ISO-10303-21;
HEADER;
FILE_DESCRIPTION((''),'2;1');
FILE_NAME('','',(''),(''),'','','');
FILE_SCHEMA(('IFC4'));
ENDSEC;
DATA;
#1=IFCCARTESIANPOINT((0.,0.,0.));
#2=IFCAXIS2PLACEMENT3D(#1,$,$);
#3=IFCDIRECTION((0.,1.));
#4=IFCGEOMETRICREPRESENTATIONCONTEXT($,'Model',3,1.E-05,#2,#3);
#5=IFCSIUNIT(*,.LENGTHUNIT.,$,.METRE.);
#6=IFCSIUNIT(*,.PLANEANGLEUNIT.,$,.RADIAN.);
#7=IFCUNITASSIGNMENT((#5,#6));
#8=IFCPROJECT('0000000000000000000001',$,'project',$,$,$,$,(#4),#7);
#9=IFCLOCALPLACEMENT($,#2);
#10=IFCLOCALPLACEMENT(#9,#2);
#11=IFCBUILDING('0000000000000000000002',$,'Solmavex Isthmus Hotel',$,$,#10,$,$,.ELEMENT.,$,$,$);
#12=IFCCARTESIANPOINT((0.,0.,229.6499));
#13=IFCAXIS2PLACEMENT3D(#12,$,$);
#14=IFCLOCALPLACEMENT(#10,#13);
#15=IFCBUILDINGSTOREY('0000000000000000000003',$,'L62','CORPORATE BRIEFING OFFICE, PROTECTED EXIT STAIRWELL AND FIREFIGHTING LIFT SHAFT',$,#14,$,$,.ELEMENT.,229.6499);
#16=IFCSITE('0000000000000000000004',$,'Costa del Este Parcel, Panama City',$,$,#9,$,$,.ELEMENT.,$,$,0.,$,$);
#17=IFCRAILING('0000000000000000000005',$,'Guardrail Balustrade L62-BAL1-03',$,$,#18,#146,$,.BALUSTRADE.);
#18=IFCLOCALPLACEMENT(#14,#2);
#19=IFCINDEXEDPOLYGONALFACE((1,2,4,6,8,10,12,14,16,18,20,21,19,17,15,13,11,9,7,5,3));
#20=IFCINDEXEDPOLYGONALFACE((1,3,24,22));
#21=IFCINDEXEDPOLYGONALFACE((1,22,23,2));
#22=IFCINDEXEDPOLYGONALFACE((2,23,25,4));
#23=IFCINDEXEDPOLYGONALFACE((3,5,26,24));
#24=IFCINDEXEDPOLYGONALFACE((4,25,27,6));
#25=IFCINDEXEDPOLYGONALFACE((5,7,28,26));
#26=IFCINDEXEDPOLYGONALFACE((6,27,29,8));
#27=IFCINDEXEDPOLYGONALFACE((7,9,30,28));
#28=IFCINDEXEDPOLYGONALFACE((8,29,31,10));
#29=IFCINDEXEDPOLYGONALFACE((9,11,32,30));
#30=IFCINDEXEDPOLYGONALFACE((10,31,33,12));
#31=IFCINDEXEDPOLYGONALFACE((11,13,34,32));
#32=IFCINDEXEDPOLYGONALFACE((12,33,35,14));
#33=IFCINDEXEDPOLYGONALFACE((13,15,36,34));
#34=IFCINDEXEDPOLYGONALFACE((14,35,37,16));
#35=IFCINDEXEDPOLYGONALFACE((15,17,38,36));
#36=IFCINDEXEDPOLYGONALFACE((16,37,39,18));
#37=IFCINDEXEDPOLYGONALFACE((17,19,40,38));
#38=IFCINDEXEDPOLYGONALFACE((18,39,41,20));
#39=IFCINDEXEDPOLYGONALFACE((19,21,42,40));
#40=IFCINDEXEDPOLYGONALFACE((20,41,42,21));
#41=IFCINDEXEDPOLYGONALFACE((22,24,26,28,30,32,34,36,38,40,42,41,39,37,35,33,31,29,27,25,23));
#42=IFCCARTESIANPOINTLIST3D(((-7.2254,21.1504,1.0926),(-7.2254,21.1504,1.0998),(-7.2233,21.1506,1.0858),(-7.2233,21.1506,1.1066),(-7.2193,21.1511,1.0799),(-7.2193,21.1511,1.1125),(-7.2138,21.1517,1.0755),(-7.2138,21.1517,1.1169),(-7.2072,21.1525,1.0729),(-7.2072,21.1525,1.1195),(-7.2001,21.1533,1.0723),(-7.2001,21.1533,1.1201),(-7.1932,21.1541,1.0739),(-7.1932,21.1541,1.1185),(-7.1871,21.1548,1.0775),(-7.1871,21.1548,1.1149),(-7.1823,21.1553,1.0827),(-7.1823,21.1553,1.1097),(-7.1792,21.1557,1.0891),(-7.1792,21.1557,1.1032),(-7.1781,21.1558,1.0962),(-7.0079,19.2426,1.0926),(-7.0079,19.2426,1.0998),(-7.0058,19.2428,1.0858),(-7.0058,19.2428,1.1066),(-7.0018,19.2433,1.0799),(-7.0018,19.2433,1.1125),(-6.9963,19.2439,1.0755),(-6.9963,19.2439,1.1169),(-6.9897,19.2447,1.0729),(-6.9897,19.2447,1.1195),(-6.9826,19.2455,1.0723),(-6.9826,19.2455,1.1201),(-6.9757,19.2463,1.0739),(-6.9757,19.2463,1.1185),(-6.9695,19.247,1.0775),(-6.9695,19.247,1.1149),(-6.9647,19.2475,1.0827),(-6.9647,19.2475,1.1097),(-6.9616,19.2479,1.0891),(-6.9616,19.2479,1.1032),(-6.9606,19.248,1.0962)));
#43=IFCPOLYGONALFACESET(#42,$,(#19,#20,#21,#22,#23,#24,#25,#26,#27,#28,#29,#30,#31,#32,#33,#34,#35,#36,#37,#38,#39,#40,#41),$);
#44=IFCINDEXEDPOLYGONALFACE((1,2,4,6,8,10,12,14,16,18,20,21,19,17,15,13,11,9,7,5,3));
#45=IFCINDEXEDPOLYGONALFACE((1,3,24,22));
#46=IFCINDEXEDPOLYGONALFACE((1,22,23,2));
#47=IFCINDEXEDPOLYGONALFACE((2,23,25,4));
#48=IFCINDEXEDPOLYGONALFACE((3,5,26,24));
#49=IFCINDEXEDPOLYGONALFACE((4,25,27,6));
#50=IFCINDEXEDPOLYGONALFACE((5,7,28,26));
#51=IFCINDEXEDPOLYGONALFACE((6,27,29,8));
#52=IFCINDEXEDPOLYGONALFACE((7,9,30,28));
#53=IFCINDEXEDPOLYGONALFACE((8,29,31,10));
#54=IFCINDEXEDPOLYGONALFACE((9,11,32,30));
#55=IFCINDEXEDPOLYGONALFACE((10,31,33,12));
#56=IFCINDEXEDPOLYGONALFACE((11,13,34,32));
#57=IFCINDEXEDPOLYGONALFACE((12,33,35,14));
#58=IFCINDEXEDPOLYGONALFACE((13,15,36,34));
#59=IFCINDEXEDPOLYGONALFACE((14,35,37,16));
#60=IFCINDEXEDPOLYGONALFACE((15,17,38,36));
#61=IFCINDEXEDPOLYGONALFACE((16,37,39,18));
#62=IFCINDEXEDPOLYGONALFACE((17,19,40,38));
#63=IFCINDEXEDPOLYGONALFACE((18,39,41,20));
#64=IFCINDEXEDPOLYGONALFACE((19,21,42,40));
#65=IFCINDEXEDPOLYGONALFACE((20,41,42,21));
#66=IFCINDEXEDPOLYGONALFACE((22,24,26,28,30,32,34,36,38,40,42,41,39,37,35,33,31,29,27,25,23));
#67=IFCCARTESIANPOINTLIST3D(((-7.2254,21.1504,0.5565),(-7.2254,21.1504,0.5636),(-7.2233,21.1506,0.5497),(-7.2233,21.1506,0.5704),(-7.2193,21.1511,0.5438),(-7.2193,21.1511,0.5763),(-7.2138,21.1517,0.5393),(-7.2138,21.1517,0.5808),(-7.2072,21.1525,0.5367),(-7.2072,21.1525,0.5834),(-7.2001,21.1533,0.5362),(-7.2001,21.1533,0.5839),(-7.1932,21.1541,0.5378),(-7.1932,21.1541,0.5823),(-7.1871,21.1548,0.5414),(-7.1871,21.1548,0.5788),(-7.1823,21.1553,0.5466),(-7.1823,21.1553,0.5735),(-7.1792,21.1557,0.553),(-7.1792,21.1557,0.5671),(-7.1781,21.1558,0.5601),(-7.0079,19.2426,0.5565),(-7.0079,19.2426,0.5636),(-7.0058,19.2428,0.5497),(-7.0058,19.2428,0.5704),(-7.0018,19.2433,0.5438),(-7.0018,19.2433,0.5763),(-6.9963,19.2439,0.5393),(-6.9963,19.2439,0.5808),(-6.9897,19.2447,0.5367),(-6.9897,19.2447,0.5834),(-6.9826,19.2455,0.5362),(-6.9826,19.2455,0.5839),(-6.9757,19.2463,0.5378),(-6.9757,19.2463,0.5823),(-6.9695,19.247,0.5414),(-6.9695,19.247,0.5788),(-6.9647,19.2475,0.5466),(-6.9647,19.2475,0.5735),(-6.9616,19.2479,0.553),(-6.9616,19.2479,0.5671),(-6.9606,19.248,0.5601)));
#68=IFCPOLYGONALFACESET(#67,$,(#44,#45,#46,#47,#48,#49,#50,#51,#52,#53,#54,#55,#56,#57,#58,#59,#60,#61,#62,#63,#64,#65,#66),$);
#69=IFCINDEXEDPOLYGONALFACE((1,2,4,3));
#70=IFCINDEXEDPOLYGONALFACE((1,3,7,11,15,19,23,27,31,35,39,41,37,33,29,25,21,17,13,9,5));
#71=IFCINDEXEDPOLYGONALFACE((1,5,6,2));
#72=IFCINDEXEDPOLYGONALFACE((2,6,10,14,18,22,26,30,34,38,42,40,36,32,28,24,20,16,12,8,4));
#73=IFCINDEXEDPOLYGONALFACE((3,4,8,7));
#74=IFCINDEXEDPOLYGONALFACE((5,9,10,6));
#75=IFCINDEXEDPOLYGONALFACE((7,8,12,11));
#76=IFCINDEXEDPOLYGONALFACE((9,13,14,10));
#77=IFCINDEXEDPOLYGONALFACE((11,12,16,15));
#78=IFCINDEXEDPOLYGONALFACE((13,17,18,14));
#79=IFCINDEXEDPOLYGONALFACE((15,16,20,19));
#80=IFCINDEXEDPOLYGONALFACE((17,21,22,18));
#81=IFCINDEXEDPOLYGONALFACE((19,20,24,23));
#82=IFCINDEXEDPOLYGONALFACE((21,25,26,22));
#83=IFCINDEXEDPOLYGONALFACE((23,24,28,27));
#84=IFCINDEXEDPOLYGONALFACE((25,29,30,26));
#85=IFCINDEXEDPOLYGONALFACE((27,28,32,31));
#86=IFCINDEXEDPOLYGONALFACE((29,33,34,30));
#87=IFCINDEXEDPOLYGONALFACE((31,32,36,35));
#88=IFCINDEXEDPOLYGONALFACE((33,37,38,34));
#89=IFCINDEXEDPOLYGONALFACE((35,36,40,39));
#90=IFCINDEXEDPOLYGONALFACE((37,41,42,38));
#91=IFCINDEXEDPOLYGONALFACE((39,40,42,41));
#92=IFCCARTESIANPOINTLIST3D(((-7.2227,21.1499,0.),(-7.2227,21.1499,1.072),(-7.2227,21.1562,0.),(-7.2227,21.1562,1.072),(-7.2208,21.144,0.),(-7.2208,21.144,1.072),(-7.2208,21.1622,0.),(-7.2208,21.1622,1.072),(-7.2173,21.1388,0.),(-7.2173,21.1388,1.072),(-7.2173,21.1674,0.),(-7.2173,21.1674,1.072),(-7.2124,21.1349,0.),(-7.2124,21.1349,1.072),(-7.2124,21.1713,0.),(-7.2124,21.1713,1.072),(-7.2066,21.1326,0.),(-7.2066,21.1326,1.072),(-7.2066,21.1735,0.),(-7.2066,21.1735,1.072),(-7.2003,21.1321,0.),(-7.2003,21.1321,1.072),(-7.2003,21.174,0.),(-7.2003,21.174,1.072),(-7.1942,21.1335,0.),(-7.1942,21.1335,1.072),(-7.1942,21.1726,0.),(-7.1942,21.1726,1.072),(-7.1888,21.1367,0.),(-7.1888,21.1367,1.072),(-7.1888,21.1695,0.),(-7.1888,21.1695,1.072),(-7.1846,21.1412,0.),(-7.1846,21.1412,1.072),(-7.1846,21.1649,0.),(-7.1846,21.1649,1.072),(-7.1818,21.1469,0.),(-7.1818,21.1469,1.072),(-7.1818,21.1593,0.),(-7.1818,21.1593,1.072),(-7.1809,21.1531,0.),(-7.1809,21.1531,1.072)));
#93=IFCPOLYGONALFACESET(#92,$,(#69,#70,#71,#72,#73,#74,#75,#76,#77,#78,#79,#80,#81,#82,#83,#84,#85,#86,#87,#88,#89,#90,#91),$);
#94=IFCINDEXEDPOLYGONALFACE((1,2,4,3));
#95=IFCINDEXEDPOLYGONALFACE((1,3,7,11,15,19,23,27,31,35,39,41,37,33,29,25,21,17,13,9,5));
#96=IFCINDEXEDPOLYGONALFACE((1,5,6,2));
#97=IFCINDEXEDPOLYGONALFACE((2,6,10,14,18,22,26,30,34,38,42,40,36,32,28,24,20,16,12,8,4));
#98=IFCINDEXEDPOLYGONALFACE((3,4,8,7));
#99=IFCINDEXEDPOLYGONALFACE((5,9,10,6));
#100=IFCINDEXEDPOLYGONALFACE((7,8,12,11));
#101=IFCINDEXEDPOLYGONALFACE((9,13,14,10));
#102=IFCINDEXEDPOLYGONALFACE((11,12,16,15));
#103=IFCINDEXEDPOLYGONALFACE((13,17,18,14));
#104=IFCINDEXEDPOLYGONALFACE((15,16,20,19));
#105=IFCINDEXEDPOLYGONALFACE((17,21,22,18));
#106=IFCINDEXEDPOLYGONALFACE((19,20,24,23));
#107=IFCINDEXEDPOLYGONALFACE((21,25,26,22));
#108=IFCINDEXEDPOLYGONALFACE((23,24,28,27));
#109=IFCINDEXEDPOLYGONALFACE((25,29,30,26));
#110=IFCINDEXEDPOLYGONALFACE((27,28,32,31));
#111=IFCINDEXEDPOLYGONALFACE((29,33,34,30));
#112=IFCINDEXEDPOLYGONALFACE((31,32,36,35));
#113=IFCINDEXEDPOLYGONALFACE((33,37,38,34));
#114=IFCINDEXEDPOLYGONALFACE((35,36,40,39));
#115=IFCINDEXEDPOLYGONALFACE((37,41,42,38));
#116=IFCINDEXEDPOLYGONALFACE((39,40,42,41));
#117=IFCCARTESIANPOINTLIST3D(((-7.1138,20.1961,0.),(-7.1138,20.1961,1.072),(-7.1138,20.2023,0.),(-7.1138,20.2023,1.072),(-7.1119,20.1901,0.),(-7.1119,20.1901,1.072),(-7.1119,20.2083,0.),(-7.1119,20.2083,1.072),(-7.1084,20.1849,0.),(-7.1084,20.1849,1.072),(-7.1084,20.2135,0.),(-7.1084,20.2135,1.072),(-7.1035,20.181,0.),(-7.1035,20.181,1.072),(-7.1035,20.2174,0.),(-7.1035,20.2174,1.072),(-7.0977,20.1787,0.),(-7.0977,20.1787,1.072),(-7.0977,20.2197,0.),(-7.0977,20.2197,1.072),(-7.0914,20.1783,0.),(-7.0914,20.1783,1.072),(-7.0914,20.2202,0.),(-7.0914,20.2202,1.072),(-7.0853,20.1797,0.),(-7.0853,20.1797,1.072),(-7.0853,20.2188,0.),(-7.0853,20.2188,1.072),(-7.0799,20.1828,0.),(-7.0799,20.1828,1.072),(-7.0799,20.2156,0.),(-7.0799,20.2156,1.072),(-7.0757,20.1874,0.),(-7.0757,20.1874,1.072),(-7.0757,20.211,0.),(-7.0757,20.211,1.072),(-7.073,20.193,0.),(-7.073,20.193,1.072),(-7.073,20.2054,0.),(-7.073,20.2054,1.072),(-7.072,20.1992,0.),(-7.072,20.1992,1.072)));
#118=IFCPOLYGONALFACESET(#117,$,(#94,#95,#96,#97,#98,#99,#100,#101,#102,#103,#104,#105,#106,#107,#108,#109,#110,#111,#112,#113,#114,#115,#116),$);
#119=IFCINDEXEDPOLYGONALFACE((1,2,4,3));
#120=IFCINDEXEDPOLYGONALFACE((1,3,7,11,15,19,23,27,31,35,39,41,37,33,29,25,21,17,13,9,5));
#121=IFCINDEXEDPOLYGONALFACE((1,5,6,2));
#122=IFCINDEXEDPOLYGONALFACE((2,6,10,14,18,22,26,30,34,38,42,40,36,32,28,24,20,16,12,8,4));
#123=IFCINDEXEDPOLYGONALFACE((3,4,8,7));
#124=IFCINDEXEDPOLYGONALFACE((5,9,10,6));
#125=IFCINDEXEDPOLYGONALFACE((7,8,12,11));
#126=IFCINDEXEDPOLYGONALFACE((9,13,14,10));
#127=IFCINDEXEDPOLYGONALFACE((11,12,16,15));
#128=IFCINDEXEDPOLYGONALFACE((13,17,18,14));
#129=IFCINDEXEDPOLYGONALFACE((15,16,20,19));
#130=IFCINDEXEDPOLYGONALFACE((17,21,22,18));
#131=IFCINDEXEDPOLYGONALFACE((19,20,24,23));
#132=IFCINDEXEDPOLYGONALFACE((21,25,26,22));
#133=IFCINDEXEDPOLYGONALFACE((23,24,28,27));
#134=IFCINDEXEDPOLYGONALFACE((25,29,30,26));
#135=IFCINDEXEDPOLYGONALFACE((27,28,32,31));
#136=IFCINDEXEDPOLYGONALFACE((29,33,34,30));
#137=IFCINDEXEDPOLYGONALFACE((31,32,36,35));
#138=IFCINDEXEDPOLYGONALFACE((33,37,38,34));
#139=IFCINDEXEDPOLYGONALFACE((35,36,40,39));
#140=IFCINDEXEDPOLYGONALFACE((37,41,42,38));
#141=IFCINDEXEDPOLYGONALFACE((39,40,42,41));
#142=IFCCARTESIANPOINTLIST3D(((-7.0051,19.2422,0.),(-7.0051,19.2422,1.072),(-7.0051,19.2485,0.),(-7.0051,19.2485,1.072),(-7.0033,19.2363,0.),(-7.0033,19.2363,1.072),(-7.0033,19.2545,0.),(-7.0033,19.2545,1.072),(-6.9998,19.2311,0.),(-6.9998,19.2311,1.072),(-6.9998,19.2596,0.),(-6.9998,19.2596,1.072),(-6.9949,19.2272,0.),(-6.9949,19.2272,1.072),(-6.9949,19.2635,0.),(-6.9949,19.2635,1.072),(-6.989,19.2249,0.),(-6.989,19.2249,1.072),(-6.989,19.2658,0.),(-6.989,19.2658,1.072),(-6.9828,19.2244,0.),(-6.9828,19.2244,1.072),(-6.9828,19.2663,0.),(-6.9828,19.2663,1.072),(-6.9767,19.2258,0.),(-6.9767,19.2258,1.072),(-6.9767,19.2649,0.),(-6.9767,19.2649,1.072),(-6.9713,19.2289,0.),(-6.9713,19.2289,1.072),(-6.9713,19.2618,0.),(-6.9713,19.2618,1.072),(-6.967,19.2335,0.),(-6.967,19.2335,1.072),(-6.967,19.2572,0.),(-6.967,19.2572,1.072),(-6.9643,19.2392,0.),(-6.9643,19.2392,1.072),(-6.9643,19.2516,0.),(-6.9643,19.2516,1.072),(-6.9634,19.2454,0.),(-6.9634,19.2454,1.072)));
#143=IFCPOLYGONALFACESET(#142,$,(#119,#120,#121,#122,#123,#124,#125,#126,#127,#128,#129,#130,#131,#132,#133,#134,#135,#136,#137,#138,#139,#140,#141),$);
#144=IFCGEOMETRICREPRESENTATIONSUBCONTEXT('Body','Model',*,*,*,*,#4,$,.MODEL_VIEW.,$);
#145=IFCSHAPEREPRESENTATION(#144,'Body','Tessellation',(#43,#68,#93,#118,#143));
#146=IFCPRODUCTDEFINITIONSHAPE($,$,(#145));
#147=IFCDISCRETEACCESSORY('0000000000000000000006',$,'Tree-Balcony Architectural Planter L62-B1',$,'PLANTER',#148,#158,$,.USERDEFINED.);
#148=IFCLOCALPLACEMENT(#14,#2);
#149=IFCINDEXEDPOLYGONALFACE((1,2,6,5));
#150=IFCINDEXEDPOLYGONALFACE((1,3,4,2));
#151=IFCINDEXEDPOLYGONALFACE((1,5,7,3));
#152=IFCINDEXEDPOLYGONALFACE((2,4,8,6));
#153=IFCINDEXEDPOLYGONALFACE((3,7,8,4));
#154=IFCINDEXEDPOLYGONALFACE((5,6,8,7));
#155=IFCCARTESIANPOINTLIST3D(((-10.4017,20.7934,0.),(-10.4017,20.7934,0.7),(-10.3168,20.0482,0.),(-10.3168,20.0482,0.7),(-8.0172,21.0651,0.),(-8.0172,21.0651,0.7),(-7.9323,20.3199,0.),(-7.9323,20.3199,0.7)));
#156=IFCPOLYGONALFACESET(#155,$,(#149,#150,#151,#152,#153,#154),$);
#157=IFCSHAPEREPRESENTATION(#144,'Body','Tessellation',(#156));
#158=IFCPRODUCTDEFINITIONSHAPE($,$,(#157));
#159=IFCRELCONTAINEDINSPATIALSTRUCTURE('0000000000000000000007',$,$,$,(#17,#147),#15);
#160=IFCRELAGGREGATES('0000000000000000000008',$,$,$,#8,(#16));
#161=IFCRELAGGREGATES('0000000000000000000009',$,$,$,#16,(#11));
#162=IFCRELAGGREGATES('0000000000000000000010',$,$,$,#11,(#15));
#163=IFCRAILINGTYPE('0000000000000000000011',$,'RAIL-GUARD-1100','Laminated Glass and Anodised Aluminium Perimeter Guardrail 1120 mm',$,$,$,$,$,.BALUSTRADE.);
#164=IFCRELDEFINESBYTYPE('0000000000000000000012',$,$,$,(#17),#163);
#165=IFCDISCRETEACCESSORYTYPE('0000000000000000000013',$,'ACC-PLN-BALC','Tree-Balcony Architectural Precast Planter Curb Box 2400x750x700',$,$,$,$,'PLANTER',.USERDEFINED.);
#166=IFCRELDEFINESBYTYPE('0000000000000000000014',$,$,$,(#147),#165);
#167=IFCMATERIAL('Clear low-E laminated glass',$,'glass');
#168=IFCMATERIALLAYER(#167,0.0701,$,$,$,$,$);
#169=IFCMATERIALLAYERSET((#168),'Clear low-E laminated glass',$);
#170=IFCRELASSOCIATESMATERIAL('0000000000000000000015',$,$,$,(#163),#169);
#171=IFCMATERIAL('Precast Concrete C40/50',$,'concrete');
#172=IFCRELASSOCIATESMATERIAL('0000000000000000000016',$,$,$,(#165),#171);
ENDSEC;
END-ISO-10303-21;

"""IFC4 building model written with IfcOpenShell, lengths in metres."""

from ifc_helpers import new_model, si_unit, direction, frame, origin, origin_2d, place, context, subcontext, project, spatial, rectangle, circle, extrude, material, layer, layer_set, type_object, element, save


model = new_model("IFC4")

# Units and contexts
model_context = context("Model", 3, precision=1e-05, world=origin(), true_north=direction((0.0, 1.0)))
body_context = subcontext(model_context, "Body", "Model", "MODEL_VIEW")
ifc_project = project(units=[si_unit("LENGTHUNIT", "METRE"), si_unit("PLANEANGLEUNIT", "RADIAN")], contexts=[model_context])

# Site, building, storey
site_placement = place(None, origin())
site = spatial("IfcSite", under=ifc_project, at=site_placement, Name="Costa del Este Parcel, Panama City", CompositionType="ELEMENT", RefElevation=0.0)
building_placement = place(site_placement, origin())
building = spatial("IfcBuilding", under=site, at=building_placement, Name="Solmavex Isthmus Hotel", CompositionType="ELEMENT")
storey_placement = place(building_placement, frame((0.0, 0.0, 229.6499)))
storey = spatial("IfcBuildingStorey", under=building, at=storey_placement, Name="L62", Description="CORPORATE BRIEFING OFFICE, PROTECTED EXIT STAIRWELL AND FIREFIGHTING LIFT SHAFT", CompositionType="ELEMENT", Elevation=229.6499)

# Shared definitions
ifc_material_1 = material(Name="Clear low-E laminated glass", Category="glass")

# Shared definitions
ifc_material_2 = material(Name="Precast Concrete C40/50", Category="concrete")

# Railing
ifc_layer_1 = layer(ifc_material_1, 0.0701)
ifc_layer_set_1 = layer_set([ifc_layer_1], Name="Clear low-E laminated glass")
railing_type = type_object("IfcRailingType", Name="RAIL-GUARD-1100", Description="Laminated Glass and Anodised Aluminium Perimeter Guardrail 1120 mm", PredefinedType="BALUSTRADE", material=ifc_layer_set_1)
railing_1_placement = place(storey_placement, frame((-7.2019, 21.1531, 0.0)))
element("IfcRailing", 1, at=railing_1_placement, inside=storey, type_object=railing_type, Name="Guardrail Balustrade L62-BAL1-03", PredefinedType="BALUSTRADE", context=body_context, shape_type="SweptSolid", body=[
    extrude(circle(Radius=0.0239, at=origin_2d()), frame((0.0, 0.0, 1.0962), z_axis=(0.113292, -0.993562, 0.0), x_axis=(0.993562, 0.113292, 0.0)), (0.0, 0.0, 1.0), 1.9202),
    extrude(circle(Radius=0.0239, at=origin_2d()), frame((0.0, 0.0, 0.5601), z_axis=(0.113292, -0.993562, 0.0), x_axis=(0.993562, 0.113292, 0.0)), (0.0, 0.0, 1.0), 1.9202),
    extrude(circle(Radius=0.021, at=origin_2d()), origin(), (0.0, 0.0, 1.0), 1.072),
    extrude(circle(Radius=0.021, at=origin_2d()), frame((0.1089, -0.9539, 0.0)), (0.0, 0.0, 1.0), 1.072),
    extrude(circle(Radius=0.021, at=origin_2d()), frame((0.2175, -1.9077, 0.0)), (0.0, 0.0, 1.0), 1.072),
])

# Discrete accessory
discrete_accessory_type = type_object("IfcDiscreteAccessoryType", Name="ACC-PLN-BALC", Description="Tree-Balcony Architectural Precast Planter Curb Box 2400x750x700", ElementType="PLANTER", PredefinedType="USERDEFINED", material=ifc_material_2)
discrete_accessory_placement = place(storey_placement, frame((-9.167, 20.5566, 0.0), z_axis=(0.0, 0.0, 1.0), x_axis=(0.993572, 0.113203, 0.0)))
element("IfcDiscreteAccessory", 2, at=discrete_accessory_placement, inside=storey, type_object=discrete_accessory_type, Name="Tree-Balcony Architectural Planter L62-B1", ObjectType="PLANTER", PredefinedType="USERDEFINED", context=body_context, shape_type="SweptSolid", body=[
    extrude(rectangle(XDim=2.3999, YDim=0.75, at=origin_2d()), origin(), (0.0, 0.0, 1.0), 0.7),
])

save(model, "model.ifc")
